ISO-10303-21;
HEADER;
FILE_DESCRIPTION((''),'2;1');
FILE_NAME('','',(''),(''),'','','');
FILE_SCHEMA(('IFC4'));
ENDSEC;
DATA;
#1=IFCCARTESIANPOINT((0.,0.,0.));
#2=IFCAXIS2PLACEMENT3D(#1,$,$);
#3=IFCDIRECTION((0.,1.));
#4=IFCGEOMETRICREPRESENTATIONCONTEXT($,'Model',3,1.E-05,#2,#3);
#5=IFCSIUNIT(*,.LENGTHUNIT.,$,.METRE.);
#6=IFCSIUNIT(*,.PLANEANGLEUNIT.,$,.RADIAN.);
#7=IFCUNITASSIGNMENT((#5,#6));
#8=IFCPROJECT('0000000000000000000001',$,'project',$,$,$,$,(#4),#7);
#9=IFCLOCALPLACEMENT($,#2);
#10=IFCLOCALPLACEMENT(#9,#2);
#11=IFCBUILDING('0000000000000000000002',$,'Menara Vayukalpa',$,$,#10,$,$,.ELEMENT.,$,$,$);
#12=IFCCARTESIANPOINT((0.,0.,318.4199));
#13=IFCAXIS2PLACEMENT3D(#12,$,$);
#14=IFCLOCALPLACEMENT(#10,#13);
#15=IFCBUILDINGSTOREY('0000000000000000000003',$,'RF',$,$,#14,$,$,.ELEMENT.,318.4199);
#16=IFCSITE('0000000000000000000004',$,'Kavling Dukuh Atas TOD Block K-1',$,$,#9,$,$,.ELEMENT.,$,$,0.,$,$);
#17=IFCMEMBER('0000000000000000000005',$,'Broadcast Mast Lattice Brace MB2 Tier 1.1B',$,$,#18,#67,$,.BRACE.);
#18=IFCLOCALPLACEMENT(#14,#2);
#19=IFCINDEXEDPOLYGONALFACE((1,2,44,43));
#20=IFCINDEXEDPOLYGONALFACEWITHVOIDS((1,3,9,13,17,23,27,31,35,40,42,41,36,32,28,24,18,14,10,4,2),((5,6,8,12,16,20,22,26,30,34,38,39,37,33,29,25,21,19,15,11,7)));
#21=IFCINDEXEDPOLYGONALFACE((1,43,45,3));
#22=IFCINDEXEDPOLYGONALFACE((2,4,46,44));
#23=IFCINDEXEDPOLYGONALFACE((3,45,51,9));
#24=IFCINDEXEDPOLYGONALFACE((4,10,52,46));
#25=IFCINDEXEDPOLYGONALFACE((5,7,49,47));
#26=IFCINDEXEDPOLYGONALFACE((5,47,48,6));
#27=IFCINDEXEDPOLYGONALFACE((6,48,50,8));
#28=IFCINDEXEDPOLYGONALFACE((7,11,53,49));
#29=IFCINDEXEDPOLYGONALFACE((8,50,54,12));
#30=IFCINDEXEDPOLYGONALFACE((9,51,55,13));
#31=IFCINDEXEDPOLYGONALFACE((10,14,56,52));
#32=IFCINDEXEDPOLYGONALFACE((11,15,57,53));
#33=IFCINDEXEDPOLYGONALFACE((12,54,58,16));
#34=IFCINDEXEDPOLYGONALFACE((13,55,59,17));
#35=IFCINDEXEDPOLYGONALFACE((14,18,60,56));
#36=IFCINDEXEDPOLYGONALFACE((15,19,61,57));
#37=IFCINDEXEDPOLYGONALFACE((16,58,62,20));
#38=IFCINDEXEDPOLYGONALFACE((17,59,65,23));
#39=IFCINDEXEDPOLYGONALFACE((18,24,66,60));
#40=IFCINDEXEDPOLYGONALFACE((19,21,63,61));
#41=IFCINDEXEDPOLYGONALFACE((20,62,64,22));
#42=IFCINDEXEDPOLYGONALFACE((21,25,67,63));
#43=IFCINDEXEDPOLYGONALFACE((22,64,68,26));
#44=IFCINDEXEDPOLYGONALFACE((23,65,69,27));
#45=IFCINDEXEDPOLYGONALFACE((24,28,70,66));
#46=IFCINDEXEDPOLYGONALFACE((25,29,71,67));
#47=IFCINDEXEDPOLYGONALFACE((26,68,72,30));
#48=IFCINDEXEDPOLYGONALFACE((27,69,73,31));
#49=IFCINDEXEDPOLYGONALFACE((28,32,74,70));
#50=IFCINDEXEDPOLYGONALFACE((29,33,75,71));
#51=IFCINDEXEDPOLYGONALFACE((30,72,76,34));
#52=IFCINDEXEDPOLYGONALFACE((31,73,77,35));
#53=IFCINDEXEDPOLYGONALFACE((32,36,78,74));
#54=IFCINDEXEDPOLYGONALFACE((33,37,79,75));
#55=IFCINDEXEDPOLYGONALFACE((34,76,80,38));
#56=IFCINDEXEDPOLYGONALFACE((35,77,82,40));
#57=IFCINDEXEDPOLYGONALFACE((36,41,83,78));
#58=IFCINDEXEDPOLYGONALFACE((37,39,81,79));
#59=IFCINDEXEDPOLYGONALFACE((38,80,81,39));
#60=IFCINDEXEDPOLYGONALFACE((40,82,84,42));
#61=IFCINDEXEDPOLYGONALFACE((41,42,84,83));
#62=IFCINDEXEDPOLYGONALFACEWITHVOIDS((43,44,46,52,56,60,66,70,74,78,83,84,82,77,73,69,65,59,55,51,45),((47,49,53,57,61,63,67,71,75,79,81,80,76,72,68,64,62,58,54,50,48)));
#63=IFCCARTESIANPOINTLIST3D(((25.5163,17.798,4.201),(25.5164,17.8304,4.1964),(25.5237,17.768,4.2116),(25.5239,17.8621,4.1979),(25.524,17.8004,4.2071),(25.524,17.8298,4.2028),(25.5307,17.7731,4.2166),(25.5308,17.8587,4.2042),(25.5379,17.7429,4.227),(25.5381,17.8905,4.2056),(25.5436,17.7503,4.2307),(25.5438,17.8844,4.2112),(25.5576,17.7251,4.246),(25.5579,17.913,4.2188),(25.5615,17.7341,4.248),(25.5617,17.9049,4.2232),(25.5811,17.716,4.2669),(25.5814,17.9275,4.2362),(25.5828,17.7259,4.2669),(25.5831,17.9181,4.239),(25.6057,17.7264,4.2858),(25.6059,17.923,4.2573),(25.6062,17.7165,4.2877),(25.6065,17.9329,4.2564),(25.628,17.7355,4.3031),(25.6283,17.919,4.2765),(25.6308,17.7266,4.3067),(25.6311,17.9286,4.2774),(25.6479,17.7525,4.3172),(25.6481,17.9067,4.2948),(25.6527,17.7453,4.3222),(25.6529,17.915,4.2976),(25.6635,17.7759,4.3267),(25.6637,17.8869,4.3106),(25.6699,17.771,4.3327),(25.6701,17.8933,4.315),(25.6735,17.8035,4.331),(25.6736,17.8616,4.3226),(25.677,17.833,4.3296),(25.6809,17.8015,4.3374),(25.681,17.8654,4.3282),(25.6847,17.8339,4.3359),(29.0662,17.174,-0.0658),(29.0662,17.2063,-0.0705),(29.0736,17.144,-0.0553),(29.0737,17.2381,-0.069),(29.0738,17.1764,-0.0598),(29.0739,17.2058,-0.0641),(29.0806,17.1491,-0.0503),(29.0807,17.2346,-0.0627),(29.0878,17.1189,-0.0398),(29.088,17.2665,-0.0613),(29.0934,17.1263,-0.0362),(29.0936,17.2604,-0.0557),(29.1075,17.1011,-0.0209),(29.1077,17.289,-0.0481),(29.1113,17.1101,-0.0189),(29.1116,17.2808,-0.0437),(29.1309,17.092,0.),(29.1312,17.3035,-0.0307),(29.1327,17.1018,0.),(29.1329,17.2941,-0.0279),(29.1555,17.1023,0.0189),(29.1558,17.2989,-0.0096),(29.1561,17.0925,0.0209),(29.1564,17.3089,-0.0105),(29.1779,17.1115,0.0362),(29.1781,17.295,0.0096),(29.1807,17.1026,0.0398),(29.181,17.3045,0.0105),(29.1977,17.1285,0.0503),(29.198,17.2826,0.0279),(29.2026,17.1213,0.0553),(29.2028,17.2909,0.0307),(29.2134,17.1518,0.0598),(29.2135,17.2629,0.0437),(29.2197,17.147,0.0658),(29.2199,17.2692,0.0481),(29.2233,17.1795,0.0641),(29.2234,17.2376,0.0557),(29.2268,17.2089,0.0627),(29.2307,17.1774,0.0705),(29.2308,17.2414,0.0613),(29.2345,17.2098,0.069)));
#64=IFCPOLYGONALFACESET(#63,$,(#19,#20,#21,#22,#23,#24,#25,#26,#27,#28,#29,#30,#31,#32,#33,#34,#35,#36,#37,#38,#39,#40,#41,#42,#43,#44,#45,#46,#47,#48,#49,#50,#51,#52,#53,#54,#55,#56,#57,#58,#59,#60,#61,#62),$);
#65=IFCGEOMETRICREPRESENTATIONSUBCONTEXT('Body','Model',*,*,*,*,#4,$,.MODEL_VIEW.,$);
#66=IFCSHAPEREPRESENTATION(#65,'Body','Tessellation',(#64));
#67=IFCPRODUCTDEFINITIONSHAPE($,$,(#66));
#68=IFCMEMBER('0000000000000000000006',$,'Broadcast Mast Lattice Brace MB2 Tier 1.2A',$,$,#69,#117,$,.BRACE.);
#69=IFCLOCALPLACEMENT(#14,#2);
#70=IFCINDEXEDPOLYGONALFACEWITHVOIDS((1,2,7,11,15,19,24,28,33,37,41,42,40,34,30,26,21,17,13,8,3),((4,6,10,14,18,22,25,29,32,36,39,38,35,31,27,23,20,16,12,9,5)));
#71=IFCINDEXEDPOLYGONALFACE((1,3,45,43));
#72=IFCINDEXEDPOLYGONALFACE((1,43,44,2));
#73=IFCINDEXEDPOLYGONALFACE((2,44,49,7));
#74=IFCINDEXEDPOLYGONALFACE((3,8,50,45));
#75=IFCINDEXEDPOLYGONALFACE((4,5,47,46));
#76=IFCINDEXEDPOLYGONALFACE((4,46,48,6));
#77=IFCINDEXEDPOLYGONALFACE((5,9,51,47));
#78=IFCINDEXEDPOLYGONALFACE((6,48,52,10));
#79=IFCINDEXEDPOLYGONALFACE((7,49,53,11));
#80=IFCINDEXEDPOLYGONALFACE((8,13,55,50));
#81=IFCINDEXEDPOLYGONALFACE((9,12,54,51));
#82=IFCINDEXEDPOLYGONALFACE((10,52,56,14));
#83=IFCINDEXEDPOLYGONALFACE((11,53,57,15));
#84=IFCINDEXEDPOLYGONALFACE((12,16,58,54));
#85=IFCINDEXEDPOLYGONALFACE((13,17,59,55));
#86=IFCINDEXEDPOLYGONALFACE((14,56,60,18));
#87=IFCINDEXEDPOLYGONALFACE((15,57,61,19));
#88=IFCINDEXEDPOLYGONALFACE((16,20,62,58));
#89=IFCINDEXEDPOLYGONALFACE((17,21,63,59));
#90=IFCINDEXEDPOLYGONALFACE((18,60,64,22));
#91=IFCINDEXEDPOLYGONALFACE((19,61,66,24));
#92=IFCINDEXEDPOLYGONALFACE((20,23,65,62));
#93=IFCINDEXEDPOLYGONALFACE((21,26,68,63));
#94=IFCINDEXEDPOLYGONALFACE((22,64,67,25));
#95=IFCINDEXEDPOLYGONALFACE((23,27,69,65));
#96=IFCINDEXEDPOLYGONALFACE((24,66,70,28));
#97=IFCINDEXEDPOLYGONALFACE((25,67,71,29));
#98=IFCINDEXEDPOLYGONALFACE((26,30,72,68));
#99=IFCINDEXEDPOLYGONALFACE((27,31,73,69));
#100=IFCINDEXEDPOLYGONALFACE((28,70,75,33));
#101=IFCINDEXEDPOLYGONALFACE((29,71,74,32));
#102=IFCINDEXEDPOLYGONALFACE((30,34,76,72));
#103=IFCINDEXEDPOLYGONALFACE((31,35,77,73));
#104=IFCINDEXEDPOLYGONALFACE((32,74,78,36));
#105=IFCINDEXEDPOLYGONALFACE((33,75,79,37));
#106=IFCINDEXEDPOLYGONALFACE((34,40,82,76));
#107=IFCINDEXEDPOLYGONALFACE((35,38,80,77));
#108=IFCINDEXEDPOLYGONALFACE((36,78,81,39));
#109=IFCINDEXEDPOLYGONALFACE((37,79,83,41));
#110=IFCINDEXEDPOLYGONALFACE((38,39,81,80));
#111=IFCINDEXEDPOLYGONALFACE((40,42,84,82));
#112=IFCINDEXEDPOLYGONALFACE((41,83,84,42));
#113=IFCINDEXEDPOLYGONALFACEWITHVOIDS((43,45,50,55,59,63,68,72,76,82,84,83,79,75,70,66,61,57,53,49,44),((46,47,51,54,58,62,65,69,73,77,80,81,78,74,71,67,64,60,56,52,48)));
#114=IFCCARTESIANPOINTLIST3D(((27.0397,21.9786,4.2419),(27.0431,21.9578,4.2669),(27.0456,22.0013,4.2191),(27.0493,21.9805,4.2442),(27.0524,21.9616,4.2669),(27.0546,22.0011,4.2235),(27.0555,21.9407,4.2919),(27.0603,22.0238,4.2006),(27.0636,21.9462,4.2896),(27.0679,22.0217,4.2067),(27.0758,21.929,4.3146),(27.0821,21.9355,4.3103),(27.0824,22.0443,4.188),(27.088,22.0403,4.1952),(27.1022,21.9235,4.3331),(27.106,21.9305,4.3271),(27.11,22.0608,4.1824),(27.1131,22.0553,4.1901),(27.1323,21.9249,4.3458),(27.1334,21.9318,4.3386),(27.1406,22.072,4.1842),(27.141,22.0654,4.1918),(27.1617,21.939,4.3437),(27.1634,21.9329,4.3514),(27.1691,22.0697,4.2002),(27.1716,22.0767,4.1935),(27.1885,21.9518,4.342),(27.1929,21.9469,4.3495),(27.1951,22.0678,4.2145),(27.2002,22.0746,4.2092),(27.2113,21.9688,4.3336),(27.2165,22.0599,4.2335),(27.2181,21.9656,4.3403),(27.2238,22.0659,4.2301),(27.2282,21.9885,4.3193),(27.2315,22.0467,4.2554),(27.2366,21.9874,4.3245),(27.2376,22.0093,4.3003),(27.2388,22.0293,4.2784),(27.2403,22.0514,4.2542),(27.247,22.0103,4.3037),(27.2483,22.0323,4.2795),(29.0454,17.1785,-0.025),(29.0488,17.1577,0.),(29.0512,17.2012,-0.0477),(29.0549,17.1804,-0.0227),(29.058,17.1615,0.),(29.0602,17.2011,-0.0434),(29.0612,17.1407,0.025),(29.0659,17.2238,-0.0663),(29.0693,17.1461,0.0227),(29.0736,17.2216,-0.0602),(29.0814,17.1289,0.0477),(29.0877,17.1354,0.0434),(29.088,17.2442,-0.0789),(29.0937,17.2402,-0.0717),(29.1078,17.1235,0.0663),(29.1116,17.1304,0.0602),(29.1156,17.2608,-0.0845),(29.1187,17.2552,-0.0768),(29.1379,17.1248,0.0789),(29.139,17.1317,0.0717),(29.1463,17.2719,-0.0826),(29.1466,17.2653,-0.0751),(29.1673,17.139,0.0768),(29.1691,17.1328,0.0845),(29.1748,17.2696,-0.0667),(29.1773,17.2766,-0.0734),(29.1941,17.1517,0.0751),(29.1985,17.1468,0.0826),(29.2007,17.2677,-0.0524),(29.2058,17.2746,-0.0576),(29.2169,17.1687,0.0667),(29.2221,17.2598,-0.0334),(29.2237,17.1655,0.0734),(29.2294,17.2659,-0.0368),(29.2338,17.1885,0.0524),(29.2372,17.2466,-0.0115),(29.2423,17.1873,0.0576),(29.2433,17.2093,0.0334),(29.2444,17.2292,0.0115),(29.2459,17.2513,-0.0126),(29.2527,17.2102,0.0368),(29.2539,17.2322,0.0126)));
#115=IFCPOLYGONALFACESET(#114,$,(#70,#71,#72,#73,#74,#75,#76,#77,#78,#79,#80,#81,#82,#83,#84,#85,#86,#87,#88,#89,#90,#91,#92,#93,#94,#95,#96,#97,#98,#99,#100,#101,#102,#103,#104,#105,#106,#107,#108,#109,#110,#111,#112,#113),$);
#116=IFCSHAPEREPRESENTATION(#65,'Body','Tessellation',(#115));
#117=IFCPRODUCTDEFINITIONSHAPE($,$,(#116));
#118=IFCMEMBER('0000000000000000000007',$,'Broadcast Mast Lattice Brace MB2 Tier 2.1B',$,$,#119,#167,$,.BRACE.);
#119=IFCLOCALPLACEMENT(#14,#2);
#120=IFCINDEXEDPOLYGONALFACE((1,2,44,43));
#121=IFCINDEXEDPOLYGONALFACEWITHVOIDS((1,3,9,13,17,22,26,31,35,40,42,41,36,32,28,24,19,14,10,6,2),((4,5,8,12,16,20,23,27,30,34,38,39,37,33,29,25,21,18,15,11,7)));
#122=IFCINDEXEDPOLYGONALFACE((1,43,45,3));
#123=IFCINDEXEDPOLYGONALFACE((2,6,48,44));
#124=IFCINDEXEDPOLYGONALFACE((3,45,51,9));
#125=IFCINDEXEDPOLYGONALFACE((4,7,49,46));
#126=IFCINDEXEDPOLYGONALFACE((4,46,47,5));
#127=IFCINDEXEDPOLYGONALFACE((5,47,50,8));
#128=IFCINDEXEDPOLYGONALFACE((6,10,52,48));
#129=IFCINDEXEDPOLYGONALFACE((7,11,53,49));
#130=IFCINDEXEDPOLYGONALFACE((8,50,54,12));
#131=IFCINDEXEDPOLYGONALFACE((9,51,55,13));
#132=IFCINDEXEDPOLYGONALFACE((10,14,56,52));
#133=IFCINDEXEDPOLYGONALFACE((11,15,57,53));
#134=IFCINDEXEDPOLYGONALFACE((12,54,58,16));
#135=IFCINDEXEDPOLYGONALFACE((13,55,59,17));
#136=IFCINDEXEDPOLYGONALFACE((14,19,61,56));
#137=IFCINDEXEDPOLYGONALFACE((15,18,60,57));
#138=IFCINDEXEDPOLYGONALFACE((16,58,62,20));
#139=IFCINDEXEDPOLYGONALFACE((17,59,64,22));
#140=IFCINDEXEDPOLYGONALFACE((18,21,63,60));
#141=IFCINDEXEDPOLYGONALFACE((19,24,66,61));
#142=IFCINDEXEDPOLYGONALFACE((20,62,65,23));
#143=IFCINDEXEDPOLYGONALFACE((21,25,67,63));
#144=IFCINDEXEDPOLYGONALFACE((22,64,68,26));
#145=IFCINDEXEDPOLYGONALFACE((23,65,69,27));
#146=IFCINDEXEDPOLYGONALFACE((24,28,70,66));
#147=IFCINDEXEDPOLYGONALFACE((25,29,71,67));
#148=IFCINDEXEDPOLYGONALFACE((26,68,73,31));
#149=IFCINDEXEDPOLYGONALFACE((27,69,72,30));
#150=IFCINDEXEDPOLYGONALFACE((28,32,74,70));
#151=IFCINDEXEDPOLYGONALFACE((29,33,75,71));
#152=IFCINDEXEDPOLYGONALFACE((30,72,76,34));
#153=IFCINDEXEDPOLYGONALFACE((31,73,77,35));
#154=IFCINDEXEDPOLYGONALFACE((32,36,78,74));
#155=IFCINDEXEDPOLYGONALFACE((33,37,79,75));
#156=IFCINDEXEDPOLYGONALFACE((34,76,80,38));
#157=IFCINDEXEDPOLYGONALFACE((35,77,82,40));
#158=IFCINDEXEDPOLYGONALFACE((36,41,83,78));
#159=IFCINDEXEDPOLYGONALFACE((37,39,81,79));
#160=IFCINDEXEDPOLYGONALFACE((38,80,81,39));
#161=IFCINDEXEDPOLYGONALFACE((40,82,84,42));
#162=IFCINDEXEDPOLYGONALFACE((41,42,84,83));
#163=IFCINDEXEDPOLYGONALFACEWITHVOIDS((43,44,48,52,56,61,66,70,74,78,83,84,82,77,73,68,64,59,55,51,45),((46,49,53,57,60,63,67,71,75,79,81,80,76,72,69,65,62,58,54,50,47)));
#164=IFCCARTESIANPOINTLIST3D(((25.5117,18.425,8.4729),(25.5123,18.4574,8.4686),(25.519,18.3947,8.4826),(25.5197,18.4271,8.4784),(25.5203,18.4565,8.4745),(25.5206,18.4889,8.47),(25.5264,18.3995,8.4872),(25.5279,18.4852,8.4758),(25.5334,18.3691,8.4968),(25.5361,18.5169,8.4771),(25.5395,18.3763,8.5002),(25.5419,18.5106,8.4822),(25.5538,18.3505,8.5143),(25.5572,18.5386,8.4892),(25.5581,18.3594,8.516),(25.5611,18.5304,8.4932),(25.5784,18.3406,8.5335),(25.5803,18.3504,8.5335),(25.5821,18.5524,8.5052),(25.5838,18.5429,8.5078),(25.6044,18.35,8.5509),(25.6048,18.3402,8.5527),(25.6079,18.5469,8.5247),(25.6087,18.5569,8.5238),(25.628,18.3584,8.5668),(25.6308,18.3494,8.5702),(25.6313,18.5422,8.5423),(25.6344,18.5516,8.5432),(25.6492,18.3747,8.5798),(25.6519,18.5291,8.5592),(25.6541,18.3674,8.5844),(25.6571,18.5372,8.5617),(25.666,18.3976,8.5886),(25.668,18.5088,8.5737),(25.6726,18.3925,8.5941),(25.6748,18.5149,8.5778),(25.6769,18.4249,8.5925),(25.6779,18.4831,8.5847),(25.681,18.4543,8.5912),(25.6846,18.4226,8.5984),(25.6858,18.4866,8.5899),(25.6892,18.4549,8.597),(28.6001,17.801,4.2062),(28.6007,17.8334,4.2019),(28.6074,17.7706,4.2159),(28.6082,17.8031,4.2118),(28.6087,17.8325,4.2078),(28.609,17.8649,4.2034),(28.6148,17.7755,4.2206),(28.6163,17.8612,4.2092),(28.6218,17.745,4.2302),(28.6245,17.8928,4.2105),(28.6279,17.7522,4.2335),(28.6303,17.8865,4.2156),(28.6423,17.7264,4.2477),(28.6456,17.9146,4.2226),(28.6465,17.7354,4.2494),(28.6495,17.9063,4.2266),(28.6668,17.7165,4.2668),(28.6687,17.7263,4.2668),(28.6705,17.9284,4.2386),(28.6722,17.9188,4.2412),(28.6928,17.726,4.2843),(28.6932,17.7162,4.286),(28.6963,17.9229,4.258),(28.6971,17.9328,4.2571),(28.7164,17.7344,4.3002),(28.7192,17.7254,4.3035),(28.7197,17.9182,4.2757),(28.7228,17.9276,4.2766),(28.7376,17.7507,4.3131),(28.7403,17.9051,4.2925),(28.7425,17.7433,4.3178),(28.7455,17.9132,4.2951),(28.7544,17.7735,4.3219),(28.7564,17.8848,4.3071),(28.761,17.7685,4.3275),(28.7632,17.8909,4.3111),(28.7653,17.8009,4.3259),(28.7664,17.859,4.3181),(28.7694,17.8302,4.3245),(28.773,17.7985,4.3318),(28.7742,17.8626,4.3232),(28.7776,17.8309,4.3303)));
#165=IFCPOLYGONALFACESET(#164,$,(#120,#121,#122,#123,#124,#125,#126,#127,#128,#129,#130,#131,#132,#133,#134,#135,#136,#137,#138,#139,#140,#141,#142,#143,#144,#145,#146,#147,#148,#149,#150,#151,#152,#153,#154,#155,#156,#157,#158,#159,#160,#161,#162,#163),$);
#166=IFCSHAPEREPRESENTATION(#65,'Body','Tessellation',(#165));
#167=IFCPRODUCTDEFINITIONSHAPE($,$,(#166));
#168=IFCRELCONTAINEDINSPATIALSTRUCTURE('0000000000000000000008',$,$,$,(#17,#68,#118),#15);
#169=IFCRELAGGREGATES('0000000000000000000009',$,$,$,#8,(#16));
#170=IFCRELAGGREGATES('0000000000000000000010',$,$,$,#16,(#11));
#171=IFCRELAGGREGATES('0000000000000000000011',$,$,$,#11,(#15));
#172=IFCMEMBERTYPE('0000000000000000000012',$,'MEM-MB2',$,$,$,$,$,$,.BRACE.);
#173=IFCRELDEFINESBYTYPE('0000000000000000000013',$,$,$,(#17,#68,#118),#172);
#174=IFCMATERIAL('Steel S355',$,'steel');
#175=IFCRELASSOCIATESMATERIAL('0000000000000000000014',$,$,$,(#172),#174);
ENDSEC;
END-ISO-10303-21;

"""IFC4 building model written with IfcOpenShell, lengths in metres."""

from ifc_helpers import new_model, si_unit, direction, frame, origin, origin_2d, place, context, subcontext, project, spatial, hollow_circle, extrude, material, material_profile, profile_set, type_object, element, save


model = new_model("IFC4")

# Units and contexts
model_context = context("Model", 3, precision=1e-05, world=origin(), true_north=direction((0.0, 1.0)))
body_context = subcontext(model_context, "Body", "Model", "MODEL_VIEW")
ifc_project = project(units=[si_unit("LENGTHUNIT", "METRE"), si_unit("PLANEANGLEUNIT", "RADIAN")], contexts=[model_context])

# Site, building, storey
site_placement = place(None, origin())
site = spatial("IfcSite", under=ifc_project, at=site_placement, Name="Kavling Dukuh Atas TOD Block K-1", CompositionType="ELEMENT", RefElevation=0.0)
building_placement = place(site_placement, origin())
building = spatial("IfcBuilding", under=site, at=building_placement, Name="Menara Vayukalpa", CompositionType="ELEMENT")
storey_placement = place(building_placement, frame((0.0, 0.0, 318.4199)))
storey = spatial("IfcBuildingStorey", under=building, at=storey_placement, Name="RF", CompositionType="ELEMENT", Elevation=318.4199)

# Members
ifc_material_1 = material(Name="Steel S355", Category="steel")
ifc_material_profile_1 = material_profile(ifc_material_1, hollow_circle(Radius=0.1096, WallThickness=0.01, at=origin_2d()), Name="CHS 219.1x10")
ifc_profile_set_1 = profile_set([ifc_material_profile_1], Name="Steel S355")
member_type_1 = type_object("IfcMemberType", Name="MEM-MB2", PredefinedType="BRACE", material=ifc_profile_set_1)
member_1_placement = place(storey_placement, frame((29.1499, 17.2, 0.0), z_axis=(-0.635553, 0.111724, 0.763931), x_axis=(-0.173136, -0.984898, 0.0)))
element("IfcMember", 1, at=member_1_placement, inside=storey, type_object=member_type_1, Name="Broadcast Mast Lattice Brace MB2 Tier 1.1B", PredefinedType="BRACE", context=body_context, shape_type="SweptSolid", body=[
    extrude(hollow_circle(Radius=0.1096, WallThickness=0.01, at=origin_2d()), origin(), (0.0, 0.0, 1.0), 5.5854),
])
member_2_placement = place(storey_placement, frame((29.1499, 17.2, 0.0), z_axis=(-0.29809, 0.71342, 0.634172), x_axis=(-0.922695, -0.385532, 0.0)))
element("IfcMember", 2, at=member_2_placement, inside=storey, type_object=member_type_1, Name="Broadcast Mast Lattice Brace MB2 Tier 1.2A", PredefinedType="BRACE", context=body_context, shape_type="SweptSolid", body=[
    extrude(hollow_circle(Radius=0.1096, WallThickness=0.01, at=origin_2d()), origin(), (0.0, 0.0, 1.0), 6.7283),
])
member_3_placement = place(storey_placement, frame((28.6885, 17.824, 4.2668), z_axis=(-0.582284, 0.117654, 0.804427), x_axis=(-0.198053, -0.980191, 0.0)))
element("IfcMember", 3, at=member_3_placement, inside=storey, type_object=member_type_1, Name="Broadcast Mast Lattice Brace MB2 Tier 2.1B", PredefinedType="BRACE", context=body_context, shape_type="SweptSolid", body=[
    extrude(hollow_circle(Radius=0.1096, WallThickness=0.01, at=origin_2d()), origin(), (0.0, 0.0, 1.0), 5.304),
])

save(model, "model.ifc")
